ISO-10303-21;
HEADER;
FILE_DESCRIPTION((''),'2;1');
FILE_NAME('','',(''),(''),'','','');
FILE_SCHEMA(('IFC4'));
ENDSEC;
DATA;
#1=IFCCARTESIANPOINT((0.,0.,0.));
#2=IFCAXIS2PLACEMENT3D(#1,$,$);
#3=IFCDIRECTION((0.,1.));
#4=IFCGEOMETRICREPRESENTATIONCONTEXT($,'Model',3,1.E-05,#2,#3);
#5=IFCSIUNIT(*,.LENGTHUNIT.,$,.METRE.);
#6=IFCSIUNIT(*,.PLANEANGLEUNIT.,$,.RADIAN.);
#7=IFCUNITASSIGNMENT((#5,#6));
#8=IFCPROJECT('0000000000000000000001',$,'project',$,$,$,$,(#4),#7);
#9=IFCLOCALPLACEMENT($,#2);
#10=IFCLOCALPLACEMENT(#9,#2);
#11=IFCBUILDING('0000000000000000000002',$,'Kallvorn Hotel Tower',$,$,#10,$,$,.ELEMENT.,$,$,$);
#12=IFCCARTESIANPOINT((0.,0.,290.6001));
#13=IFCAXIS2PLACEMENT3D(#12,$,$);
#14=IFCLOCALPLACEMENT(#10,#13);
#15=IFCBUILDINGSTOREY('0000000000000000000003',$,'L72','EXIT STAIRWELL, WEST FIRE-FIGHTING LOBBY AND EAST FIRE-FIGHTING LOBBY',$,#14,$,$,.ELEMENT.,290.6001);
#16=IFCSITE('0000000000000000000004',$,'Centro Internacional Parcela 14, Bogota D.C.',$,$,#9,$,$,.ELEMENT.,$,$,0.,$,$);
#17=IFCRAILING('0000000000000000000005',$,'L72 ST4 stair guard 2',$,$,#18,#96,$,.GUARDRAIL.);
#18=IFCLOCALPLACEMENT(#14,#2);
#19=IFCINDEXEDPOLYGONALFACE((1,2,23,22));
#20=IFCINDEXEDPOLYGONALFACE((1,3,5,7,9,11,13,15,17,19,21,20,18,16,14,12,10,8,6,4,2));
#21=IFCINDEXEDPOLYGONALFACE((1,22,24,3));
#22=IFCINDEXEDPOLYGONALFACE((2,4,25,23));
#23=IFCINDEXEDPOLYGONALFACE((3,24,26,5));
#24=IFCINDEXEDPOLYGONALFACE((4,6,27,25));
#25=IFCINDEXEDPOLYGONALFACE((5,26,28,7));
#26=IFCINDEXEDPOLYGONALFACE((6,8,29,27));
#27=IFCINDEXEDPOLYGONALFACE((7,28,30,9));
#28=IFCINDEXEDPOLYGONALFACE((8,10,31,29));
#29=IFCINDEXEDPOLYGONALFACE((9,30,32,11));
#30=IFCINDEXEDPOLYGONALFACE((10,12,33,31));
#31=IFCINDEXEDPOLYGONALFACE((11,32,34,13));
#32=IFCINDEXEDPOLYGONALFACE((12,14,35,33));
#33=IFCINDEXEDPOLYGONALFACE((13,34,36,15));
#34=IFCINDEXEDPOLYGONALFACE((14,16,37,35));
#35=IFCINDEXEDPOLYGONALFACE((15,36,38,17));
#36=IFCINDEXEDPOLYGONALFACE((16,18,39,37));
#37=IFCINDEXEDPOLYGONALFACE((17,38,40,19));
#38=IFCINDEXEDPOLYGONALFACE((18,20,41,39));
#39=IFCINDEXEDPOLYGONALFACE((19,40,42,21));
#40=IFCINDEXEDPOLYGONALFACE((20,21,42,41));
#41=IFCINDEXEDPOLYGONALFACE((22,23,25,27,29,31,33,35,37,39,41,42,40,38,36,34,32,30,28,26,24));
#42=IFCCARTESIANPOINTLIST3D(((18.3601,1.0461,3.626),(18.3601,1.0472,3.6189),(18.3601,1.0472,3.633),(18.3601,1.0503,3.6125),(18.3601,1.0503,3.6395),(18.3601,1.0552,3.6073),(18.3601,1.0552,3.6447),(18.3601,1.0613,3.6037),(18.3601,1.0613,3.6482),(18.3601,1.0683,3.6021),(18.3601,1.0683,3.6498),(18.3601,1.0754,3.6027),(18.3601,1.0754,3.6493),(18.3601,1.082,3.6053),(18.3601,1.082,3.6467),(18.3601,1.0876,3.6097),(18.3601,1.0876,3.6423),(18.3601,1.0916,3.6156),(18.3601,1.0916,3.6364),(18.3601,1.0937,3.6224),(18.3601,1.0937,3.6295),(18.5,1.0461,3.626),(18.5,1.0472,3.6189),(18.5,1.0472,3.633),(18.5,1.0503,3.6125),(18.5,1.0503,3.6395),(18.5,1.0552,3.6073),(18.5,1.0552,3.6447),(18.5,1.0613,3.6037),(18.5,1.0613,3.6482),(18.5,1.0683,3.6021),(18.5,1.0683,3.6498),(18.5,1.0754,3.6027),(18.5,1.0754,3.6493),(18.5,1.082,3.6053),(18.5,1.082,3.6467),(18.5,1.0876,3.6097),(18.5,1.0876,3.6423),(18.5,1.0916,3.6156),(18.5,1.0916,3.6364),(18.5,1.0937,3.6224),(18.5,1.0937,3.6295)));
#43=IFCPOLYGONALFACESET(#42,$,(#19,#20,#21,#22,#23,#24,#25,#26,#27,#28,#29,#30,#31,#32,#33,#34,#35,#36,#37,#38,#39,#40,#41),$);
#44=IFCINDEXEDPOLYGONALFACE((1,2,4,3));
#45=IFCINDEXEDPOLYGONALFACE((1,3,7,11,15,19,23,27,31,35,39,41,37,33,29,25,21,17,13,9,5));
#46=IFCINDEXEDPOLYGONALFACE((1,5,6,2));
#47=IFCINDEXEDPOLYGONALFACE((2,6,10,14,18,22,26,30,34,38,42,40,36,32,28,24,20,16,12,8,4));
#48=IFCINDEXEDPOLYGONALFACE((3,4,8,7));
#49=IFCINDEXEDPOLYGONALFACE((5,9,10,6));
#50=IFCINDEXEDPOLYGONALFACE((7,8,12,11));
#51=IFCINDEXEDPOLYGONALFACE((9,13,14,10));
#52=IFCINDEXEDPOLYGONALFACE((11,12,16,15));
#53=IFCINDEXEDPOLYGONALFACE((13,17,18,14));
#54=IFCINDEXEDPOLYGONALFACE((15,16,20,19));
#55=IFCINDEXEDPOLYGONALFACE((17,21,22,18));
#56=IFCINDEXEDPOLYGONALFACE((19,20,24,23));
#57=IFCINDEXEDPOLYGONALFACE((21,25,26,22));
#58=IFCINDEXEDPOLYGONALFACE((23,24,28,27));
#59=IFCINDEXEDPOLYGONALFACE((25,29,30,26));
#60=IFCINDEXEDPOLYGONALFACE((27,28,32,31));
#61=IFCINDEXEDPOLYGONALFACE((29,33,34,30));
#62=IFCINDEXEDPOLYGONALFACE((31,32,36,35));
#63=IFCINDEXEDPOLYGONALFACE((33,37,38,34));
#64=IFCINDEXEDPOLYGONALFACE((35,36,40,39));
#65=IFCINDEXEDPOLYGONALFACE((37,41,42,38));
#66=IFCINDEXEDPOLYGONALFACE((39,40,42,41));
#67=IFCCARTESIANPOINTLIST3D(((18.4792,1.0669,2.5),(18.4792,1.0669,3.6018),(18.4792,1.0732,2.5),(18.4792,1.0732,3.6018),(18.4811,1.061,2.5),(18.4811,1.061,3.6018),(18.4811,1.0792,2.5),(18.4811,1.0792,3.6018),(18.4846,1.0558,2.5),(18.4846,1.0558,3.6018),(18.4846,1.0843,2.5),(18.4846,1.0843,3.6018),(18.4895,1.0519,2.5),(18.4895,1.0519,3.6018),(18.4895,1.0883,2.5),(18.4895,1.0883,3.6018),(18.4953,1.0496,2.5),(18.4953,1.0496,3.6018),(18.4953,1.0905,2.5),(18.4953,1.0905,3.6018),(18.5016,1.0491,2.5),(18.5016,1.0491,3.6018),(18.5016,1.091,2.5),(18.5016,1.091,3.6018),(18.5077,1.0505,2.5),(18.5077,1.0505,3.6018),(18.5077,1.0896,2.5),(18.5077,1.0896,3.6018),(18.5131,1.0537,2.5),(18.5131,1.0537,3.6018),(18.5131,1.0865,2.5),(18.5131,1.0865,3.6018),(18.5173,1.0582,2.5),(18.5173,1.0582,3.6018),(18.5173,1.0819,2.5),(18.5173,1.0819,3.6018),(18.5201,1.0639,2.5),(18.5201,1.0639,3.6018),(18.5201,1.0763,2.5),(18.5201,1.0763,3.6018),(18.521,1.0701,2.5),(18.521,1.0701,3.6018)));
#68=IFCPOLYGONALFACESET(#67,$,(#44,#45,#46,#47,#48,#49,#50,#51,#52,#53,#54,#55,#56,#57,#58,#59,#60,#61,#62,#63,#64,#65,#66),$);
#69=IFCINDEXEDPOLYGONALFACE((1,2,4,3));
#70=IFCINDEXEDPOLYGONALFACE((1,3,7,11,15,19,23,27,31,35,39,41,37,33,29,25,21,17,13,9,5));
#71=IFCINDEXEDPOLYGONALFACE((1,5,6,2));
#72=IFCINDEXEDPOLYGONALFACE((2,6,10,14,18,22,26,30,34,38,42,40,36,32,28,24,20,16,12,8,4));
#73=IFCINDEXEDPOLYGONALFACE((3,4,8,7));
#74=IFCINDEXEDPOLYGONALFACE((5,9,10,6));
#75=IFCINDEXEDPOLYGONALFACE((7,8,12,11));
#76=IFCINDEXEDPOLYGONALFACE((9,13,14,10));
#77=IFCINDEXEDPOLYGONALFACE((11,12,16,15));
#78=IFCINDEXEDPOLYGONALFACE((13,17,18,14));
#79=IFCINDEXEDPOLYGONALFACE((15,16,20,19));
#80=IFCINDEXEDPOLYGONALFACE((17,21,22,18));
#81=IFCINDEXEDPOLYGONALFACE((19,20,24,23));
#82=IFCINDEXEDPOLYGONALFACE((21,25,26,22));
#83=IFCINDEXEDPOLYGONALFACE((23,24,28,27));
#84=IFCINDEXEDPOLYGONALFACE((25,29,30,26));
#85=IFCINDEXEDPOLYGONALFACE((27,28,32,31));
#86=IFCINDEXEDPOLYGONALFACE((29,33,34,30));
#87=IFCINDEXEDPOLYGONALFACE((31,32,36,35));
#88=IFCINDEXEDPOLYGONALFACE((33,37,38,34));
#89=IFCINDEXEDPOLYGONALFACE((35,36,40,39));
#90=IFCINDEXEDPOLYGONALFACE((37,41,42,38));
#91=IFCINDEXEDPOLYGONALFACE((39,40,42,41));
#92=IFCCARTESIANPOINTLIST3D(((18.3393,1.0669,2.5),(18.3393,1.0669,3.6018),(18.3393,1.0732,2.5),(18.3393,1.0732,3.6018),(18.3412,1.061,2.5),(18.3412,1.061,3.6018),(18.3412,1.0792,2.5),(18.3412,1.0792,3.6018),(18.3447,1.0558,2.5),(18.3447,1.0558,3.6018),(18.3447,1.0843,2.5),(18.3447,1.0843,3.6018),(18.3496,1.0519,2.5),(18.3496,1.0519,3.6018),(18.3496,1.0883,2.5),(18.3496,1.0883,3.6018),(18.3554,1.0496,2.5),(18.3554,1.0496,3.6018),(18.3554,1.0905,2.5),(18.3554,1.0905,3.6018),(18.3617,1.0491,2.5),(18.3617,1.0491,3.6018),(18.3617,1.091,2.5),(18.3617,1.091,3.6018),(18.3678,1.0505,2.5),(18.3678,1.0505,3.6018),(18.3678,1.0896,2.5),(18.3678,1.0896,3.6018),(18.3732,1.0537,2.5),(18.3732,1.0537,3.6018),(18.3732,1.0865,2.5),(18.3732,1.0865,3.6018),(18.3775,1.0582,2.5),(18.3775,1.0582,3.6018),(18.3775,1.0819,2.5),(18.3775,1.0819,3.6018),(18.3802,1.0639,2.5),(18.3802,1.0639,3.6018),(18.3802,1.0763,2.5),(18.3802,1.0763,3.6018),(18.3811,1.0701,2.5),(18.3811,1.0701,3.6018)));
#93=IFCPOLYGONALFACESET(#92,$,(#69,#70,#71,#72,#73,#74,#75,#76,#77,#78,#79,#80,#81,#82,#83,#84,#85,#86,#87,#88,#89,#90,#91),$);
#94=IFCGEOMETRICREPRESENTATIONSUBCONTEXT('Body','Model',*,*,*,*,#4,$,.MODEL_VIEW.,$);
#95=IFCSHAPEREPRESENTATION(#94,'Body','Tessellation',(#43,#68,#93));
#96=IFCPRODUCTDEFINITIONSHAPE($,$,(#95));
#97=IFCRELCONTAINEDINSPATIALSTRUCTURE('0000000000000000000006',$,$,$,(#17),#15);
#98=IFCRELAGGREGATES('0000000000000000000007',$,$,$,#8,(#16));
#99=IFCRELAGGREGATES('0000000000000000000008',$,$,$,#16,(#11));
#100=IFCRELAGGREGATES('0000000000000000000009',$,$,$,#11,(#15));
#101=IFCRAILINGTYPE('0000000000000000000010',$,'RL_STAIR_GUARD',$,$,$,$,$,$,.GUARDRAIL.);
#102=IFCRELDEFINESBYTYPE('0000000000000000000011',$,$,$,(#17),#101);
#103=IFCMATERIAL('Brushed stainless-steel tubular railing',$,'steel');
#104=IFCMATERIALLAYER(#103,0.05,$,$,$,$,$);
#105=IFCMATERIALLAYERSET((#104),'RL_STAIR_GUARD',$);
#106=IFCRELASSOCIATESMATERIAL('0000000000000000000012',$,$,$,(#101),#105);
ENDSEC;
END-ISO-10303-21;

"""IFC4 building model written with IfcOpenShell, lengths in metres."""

from ifc_helpers import new_model, si_unit, direction, frame, origin, origin_2d, place, context, subcontext, project, spatial, circle, extrude, material, layer, layer_set, type_object, element, save


model = new_model("IFC4")

# Units and contexts
model_context = context("Model", 3, precision=1e-05, world=origin(), true_north=direction((0.0, 1.0)))
body_context = subcontext(model_context, "Body", "Model", "MODEL_VIEW")
ifc_project = project(units=[si_unit("LENGTHUNIT", "METRE"), si_unit("PLANEANGLEUNIT", "RADIAN")], contexts=[model_context])

# Site, building, storey
site_placement = place(None, origin())
site = spatial("IfcSite", under=ifc_project, at=site_placement, Name="Centro Internacional Parcela 14, Bogota D.C.", CompositionType="ELEMENT", RefElevation=0.0)
building_placement = place(site_placement, origin())
building = spatial("IfcBuilding", under=site, at=building_placement, Name="Kallvorn Hotel Tower", CompositionType="ELEMENT")
storey_placement = place(building_placement, frame((0.0, 0.0, 290.6001)))
storey = spatial("IfcBuildingStorey", under=building, at=storey_placement, Name="L72", Description="EXIT STAIRWELL, WEST FIRE-FIGHTING LOBBY AND EAST FIRE-FIGHTING LOBBY", CompositionType="ELEMENT", Elevation=290.6001)

# Railing
ifc_material_1 = material(Name="Brushed stainless-steel tubular railing", Category="steel")
ifc_layer_1 = layer(ifc_material_1, 0.05)
ifc_layer_set_1 = layer_set([ifc_layer_1], Name="RL_STAIR_GUARD")
railing_type_1 = type_object("IfcRailingType", Name="RL_STAIR_GUARD", PredefinedType="GUARDRAIL", material=ifc_layer_set_1)
railing_1_placement = place(storey_placement, frame((18.5, 1.0701, 2.5)))
element("IfcRailing", 1, at=railing_1_placement, inside=storey, type_object=railing_type_1, Name="L72 ST4 stair guard 2", PredefinedType="GUARDRAIL", context=body_context, shape_type="SweptSolid", body=[
    extrude(circle(Radius=0.0239, at=origin_2d()), frame((0.0, 0.0, 1.126), z_axis=(-1.0, 0.0, 0.0), x_axis=(0.0, -1.0, 0.0)), (0.0, 0.0, 1.0), 0.1399),
    extrude(circle(Radius=0.021, at=origin_2d()), origin(), (0.0, 0.0, 1.0), 1.1018),
    extrude(circle(Radius=0.021, at=origin_2d()), frame((-0.1399, 0.0, 0.0)), (0.0, 0.0, 1.0), 1.1018),
])

save(model, "model.ifc")
